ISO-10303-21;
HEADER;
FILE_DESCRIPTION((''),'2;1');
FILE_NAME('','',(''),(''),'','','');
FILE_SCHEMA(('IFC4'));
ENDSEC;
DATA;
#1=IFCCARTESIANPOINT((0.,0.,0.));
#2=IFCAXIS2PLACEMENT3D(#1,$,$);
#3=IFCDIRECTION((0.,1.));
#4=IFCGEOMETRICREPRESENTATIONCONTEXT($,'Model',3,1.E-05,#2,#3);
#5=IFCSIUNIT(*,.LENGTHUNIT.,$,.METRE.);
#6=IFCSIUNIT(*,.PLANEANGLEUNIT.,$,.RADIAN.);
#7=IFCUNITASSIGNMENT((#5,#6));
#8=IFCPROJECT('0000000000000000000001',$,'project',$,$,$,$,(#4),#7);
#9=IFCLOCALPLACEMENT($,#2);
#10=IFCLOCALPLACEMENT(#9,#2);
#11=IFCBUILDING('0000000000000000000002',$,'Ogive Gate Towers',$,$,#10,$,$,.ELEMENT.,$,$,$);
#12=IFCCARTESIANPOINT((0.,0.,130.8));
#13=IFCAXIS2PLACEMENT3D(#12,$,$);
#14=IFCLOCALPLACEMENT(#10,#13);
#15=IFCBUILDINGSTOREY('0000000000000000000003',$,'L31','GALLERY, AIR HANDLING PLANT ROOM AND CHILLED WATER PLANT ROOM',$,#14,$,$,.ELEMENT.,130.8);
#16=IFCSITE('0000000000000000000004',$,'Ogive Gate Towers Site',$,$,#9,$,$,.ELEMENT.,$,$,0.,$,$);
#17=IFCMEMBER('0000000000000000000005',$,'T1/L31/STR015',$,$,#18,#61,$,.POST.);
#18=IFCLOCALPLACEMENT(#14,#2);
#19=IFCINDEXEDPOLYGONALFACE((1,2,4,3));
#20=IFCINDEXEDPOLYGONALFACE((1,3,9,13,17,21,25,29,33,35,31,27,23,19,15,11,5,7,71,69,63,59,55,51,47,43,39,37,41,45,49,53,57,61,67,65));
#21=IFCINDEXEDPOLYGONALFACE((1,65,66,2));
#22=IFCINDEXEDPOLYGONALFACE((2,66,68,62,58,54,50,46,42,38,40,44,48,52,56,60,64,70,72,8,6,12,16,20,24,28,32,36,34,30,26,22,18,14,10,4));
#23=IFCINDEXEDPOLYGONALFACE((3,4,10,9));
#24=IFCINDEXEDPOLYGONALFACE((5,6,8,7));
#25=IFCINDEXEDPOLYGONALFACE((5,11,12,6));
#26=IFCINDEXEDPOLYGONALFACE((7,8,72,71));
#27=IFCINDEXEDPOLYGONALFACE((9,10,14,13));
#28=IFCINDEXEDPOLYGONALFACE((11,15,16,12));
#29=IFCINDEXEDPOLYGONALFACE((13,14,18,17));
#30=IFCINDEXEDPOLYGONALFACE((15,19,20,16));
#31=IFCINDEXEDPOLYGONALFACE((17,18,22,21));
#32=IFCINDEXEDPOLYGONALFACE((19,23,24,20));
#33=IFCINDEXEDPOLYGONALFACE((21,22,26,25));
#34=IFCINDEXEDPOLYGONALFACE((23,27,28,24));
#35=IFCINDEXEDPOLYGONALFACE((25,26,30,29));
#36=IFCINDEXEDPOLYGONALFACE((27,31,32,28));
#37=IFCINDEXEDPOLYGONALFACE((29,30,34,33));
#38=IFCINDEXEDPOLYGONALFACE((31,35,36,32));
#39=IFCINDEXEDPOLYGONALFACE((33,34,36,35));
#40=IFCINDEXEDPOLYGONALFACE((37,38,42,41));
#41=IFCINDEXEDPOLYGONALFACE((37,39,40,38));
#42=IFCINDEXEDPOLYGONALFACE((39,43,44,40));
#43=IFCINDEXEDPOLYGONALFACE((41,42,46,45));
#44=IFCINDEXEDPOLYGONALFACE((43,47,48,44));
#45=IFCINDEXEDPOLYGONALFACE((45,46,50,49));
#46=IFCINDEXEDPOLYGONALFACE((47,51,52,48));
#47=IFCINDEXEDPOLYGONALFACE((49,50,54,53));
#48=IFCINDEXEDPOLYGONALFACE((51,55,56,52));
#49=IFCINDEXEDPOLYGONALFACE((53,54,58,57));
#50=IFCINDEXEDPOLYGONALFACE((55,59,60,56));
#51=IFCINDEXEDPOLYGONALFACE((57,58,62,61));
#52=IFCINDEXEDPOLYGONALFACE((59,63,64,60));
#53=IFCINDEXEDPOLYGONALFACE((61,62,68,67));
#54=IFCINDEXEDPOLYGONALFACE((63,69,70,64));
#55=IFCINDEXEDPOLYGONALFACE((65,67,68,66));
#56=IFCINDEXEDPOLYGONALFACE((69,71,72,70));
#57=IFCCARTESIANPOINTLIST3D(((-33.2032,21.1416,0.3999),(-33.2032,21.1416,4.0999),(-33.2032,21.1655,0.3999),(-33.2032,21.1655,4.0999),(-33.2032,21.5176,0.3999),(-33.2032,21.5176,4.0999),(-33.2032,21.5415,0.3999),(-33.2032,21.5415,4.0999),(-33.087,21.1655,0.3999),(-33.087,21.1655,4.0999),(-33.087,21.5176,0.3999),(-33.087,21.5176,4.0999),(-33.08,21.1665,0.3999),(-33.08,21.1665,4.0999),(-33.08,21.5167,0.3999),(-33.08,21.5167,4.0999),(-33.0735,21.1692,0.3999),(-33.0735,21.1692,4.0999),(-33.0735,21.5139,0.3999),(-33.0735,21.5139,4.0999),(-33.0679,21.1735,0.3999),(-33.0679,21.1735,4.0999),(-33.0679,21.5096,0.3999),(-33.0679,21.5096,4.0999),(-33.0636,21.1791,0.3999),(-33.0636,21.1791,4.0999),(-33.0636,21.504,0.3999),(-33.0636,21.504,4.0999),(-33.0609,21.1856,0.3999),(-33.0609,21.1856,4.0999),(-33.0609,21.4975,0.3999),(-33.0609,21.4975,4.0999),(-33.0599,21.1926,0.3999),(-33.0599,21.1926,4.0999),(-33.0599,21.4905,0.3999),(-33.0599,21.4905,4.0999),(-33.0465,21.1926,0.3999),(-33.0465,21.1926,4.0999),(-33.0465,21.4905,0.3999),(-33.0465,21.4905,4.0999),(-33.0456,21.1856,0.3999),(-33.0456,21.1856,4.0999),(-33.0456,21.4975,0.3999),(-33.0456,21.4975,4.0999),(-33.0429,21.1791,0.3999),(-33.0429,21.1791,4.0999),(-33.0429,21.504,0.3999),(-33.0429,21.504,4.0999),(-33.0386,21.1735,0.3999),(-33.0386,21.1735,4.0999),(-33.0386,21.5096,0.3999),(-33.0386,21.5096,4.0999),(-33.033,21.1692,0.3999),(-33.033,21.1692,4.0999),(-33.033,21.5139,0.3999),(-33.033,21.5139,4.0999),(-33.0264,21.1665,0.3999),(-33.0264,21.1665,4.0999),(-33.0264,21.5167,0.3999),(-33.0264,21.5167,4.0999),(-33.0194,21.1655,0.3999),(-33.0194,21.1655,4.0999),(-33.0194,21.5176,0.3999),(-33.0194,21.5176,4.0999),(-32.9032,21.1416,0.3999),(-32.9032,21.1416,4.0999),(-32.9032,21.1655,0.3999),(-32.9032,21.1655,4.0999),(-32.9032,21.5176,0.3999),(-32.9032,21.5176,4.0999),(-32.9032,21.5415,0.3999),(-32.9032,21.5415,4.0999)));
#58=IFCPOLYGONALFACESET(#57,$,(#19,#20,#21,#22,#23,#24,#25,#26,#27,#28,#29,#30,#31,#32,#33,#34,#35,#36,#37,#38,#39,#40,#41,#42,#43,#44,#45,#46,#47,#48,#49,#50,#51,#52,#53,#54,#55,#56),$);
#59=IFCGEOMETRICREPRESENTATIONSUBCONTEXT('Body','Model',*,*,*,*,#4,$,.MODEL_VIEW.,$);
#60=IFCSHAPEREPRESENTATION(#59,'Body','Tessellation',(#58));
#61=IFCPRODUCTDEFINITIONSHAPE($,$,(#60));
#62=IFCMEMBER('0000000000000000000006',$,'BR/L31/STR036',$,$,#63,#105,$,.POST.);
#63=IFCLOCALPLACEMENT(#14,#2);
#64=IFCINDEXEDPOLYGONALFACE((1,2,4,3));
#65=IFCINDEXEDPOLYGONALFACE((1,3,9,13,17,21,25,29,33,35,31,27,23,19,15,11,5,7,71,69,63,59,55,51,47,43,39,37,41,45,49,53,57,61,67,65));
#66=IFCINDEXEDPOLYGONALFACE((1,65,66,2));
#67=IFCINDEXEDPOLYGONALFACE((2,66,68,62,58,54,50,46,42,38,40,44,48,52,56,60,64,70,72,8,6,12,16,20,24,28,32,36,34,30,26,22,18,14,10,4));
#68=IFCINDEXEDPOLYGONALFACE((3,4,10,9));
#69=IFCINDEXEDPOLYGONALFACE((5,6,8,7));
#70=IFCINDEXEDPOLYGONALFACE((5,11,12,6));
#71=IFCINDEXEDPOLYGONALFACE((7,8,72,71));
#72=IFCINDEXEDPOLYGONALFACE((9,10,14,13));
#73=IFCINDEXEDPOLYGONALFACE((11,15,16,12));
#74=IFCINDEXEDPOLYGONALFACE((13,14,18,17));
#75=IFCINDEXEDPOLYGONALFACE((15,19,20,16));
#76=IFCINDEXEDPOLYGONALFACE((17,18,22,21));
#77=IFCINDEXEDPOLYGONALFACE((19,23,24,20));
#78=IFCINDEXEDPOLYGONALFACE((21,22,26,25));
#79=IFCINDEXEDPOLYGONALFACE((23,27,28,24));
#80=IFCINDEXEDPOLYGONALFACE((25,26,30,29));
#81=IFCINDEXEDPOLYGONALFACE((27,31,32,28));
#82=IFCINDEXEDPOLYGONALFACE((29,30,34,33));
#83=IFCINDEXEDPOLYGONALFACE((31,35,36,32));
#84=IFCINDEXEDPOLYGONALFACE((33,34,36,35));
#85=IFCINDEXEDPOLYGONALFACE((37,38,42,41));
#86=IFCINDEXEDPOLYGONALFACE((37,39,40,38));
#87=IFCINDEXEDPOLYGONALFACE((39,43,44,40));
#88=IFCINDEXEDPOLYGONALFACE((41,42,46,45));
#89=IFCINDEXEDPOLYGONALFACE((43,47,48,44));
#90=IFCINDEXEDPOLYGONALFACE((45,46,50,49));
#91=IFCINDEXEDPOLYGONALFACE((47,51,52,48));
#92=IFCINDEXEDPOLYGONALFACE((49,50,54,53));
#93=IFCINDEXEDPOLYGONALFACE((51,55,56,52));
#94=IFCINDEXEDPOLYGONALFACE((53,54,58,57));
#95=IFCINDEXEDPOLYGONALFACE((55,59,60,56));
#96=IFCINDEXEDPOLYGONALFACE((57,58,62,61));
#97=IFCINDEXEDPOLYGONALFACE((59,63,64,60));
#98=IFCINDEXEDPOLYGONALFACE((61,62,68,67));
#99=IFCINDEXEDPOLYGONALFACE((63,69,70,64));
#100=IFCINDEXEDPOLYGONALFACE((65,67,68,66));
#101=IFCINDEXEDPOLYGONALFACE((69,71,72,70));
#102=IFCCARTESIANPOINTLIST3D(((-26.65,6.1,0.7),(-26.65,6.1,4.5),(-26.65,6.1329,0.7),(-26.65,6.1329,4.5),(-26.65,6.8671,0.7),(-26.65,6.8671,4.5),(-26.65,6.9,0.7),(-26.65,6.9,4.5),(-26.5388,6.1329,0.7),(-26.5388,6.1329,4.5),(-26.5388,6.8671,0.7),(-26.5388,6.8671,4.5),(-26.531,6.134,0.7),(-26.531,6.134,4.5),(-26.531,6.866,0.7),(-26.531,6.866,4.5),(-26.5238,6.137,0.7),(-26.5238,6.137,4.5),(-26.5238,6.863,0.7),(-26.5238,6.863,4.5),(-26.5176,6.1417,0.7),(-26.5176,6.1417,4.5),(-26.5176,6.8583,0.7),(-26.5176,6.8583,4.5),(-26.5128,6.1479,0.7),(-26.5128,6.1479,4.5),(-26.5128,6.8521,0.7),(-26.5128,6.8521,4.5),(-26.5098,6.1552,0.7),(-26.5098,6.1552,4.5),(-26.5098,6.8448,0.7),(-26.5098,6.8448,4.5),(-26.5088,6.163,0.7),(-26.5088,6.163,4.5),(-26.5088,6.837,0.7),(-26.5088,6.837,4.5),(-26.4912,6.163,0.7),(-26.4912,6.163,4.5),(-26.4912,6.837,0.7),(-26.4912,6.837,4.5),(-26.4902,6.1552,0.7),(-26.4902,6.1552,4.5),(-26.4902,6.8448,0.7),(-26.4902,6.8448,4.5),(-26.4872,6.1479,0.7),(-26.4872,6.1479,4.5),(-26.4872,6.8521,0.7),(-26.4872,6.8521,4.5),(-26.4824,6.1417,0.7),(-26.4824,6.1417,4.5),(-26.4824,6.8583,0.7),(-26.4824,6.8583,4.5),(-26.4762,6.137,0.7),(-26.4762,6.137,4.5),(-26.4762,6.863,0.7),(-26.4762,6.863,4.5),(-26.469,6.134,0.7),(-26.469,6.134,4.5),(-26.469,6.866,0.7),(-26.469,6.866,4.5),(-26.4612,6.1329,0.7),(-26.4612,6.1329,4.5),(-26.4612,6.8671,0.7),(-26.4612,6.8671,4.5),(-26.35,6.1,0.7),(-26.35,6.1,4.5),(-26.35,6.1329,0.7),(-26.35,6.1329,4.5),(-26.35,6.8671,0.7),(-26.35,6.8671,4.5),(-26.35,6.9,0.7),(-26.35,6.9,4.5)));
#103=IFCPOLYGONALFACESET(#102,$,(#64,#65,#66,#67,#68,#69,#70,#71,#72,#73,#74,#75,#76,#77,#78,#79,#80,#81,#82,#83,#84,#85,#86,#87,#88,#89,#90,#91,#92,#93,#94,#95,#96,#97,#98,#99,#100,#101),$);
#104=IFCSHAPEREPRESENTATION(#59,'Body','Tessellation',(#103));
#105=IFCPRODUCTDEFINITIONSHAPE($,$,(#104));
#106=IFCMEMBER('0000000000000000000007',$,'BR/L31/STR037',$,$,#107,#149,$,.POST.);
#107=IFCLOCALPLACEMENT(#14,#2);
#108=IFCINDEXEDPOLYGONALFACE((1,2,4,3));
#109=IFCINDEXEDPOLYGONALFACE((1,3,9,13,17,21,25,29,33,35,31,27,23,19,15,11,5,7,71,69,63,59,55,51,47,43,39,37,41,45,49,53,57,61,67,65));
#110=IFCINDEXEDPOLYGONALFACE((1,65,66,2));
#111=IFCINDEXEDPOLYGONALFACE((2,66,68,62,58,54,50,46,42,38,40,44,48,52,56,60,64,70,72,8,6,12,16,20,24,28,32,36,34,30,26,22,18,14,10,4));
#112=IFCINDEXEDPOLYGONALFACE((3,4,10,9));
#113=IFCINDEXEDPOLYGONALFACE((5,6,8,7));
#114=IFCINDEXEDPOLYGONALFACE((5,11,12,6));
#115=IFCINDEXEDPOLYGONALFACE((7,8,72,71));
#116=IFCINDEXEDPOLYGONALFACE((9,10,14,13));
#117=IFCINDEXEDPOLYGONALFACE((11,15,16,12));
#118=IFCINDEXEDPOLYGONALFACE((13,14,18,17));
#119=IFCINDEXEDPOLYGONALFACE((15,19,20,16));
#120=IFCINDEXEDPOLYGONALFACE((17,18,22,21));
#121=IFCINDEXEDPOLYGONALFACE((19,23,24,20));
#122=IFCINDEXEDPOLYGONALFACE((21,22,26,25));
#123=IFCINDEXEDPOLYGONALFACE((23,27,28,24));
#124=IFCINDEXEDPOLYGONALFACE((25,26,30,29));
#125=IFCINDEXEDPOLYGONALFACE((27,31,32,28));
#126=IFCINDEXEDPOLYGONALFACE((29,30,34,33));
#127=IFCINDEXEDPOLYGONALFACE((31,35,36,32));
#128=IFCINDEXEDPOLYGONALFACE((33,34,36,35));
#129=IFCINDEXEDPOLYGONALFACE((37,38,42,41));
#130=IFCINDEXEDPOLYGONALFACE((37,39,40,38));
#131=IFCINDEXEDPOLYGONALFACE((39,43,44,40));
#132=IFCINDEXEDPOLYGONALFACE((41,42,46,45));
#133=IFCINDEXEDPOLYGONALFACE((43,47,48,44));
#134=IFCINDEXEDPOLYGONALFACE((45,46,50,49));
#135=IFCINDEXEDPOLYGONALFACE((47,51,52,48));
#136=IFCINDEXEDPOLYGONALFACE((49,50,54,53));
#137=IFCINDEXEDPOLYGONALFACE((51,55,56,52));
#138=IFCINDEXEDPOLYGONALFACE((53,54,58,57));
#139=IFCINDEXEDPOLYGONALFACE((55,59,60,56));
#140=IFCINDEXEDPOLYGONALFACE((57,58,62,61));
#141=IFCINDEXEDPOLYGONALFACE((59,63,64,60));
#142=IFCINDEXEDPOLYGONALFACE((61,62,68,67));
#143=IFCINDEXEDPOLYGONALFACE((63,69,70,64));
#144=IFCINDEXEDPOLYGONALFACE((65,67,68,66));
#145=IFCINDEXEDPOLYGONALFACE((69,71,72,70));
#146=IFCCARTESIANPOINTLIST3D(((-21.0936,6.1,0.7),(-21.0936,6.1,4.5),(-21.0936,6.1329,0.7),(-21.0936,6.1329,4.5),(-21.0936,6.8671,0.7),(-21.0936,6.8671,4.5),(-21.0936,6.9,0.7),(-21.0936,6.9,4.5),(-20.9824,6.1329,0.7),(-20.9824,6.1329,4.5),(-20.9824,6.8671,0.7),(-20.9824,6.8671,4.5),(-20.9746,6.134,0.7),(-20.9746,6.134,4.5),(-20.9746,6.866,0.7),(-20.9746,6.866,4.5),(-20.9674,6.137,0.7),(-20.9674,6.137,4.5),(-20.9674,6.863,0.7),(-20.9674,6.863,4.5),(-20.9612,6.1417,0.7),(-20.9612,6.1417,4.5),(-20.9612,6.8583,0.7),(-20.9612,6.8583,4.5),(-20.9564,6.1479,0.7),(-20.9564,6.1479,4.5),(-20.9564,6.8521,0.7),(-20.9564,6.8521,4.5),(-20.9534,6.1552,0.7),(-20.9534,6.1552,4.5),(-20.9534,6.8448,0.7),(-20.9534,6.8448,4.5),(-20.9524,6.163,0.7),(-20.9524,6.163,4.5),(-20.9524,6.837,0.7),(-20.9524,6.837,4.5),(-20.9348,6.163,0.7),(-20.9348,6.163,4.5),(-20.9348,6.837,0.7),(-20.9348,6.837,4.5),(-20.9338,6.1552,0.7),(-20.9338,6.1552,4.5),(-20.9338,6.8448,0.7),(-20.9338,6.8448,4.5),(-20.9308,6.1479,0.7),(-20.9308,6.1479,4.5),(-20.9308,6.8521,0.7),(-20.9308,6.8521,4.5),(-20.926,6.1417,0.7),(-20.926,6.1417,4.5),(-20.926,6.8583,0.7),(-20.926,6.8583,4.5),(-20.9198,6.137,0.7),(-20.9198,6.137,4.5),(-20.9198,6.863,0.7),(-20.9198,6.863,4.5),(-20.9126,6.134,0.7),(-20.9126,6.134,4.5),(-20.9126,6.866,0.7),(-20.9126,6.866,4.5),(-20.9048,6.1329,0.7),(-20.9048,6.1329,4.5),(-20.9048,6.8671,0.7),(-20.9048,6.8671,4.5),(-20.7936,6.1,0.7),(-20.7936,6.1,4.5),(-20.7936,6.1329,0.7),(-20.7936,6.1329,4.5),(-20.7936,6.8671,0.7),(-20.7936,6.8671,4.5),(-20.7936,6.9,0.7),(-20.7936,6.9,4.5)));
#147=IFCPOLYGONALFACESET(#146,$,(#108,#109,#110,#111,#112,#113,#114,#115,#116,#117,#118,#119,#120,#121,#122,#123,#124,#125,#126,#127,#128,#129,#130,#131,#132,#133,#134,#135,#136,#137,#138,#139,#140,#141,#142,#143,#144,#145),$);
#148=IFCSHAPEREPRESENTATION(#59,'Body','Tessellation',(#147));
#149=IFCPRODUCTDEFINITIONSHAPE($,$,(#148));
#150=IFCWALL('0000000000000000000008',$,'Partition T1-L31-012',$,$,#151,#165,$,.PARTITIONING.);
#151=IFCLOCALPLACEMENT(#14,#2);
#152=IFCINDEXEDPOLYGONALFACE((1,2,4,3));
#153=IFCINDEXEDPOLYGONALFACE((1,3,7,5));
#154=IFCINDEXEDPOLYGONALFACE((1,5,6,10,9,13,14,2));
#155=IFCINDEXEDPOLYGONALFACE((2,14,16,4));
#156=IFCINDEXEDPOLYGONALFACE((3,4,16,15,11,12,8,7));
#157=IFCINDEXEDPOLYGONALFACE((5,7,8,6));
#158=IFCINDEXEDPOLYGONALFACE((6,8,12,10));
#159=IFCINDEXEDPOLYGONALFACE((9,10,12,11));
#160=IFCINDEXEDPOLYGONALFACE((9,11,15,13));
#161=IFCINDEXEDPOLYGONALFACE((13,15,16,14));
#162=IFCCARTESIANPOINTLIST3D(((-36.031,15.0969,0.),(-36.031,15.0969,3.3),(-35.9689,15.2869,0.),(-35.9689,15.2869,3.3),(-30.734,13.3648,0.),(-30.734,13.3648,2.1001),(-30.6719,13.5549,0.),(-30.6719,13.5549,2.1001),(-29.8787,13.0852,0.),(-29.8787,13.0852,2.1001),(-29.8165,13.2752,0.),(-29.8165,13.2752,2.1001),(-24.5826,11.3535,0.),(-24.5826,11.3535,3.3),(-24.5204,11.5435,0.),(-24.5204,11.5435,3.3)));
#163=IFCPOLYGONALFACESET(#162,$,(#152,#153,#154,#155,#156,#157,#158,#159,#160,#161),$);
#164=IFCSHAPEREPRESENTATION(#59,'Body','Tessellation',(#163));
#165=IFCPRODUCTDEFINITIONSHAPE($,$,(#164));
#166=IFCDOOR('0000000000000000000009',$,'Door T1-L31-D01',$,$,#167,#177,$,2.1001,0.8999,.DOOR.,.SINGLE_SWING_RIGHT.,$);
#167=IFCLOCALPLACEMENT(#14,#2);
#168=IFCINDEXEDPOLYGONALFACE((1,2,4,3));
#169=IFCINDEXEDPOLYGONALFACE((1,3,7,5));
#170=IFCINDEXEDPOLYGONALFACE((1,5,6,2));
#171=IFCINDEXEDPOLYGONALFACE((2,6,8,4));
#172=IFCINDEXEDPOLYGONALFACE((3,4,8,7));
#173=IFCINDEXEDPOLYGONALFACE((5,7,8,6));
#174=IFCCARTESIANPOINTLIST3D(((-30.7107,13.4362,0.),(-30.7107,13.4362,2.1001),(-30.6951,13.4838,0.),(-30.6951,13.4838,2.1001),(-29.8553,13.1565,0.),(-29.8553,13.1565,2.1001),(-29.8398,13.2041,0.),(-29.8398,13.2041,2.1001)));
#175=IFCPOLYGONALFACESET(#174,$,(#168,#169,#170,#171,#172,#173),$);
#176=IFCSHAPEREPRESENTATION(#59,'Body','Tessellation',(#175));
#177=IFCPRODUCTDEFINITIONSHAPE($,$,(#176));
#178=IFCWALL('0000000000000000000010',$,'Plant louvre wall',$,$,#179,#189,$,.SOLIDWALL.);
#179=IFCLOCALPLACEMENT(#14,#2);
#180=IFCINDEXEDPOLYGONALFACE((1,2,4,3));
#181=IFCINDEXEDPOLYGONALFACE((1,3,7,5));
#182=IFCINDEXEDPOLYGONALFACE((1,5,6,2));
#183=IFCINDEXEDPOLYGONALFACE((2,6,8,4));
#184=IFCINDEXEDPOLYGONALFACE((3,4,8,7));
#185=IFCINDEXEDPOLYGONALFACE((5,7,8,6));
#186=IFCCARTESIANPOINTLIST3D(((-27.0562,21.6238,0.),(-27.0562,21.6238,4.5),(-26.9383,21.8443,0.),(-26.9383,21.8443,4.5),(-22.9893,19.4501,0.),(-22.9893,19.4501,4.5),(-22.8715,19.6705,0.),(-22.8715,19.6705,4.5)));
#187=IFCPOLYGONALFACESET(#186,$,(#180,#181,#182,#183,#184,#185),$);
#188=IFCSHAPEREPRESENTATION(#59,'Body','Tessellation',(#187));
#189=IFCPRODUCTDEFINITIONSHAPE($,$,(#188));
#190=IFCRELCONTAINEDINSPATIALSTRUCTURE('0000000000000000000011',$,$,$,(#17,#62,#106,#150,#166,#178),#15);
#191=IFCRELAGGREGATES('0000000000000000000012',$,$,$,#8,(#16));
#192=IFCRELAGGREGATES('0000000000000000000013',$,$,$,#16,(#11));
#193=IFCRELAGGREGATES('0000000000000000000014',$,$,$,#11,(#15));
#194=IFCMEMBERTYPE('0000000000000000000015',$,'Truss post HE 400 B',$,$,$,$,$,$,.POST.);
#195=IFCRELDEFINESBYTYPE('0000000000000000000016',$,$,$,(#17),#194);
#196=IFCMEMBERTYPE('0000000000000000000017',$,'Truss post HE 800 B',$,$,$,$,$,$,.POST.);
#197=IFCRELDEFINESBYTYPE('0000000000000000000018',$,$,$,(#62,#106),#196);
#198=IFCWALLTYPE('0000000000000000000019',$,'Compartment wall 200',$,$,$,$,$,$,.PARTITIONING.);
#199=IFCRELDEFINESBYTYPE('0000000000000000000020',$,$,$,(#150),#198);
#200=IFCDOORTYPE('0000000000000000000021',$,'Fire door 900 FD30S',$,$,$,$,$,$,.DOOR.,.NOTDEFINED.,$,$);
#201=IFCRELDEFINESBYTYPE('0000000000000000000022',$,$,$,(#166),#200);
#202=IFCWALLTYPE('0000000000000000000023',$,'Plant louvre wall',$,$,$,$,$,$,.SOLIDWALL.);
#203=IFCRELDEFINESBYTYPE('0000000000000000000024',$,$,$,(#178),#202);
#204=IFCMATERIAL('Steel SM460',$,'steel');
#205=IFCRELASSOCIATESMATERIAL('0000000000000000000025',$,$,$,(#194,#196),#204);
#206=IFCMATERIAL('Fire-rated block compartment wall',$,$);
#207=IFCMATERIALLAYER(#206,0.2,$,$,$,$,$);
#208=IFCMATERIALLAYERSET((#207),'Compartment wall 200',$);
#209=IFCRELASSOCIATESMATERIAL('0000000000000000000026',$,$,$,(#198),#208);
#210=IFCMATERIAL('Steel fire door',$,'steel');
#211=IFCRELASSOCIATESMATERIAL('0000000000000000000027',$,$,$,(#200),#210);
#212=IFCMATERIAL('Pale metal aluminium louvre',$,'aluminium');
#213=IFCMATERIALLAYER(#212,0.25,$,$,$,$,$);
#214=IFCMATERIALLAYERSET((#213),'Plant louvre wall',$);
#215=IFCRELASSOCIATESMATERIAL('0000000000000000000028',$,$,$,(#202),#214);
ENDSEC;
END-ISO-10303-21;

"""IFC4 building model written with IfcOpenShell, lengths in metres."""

from ifc_helpers import new_model, si_unit, direction, frame, frame_2d, origin, origin_2d, place, context, subcontext, project, spatial, rectangle, i_section, extrude, material, layer, layer_set, material_profile, profile_set, type_object, element, fill, save


model = new_model("IFC4")

# Units and contexts
model_context = context("Model", 3, precision=1e-05, world=origin(), true_north=direction((0.0, 1.0)))
body_context = subcontext(model_context, "Body", "Model", "MODEL_VIEW")
ifc_project = project(units=[si_unit("LENGTHUNIT", "METRE"), si_unit("PLANEANGLEUNIT", "RADIAN")], contexts=[model_context])

# Site, building, storey
site_placement = place(None, origin())
site = spatial("IfcSite", under=ifc_project, at=site_placement, Name="Ogive Gate Towers Site", CompositionType="ELEMENT", RefElevation=0.0)
building_placement = place(site_placement, origin())
building = spatial("IfcBuilding", under=site, at=building_placement, Name="Ogive Gate Towers", CompositionType="ELEMENT")
storey_placement = place(building_placement, frame((0.0, 0.0, 130.8)))
storey = spatial("IfcBuildingStorey", under=building, at=storey_placement, Name="L31", Description="GALLERY, AIR HANDLING PLANT ROOM AND CHILLED WATER PLANT ROOM", CompositionType="ELEMENT", Elevation=130.8)

# Shared definitions
ifc_material_1 = material(Name="Steel SM460", Category="steel")

# Members
ifc_material_profile_1 = material_profile(ifc_material_1, i_section(OverallWidth=0.3, OverallDepth=0.3999, WebThickness=0.0134, FlangeThickness=0.0239, FilletRadius=0.0271, at=origin_2d()), Name="HE 400 B")
ifc_profile_set_1 = profile_set([ifc_material_profile_1], Name="Steel SM460")
member_type_1 = type_object("IfcMemberType", Name="Truss post HE 400 B", PredefinedType="POST", material=ifc_profile_set_1)
for number, where, z_axis, x_axis, name in (
    (1, (-33.0532, 21.3416, 0.3999), (0.0, 0.0, 1.0), (1.0, 0.0, 0.0), "T1/L31/STR015"),
):
    element("IfcMember", number, at=place(storey_placement, frame(where, z_axis=z_axis, x_axis=x_axis)), inside=storey, type_object=member_type_1, Name=name, PredefinedType="POST", context=body_context, shape_type="SweptSolid", body=[
        extrude(i_section(OverallWidth=0.3, OverallDepth=0.3999, WebThickness=0.0134, FlangeThickness=0.0239, FilletRadius=0.0271, at=origin_2d()), origin(), (0.0, 0.0, 1.0), 3.7),
    ])
ifc_material_profile_2 = material_profile(ifc_material_1, i_section(OverallWidth=0.3, OverallDepth=0.8, WebThickness=0.0176, FlangeThickness=0.033, FilletRadius=0.03, at=origin_2d()), Name="HE 800 B")
ifc_profile_set_2 = profile_set([ifc_material_profile_2], Name="Steel SM460")
member_type_2 = type_object("IfcMemberType", Name="Truss post HE 800 B", PredefinedType="POST", material=ifc_profile_set_2)
for number, where, z_axis, x_axis, name in (
    (2, (-26.5, 6.5, 0.7), (0.0, 0.0, 1.0), (1.0, 0.0, 0.0), "BR/L31/STR036"),
    (3, (-20.9436, 6.5, 0.7), (0.0, 0.0, 1.0), (1.0, 0.0, 0.0), "BR/L31/STR037"),
):
    element("IfcMember", number, at=place(storey_placement, frame(where, z_axis=z_axis, x_axis=x_axis)), inside=storey, type_object=member_type_2, Name=name, PredefinedType="POST", context=body_context, shape_type="SweptSolid", body=[
        extrude(i_section(OverallWidth=0.3, OverallDepth=0.8, WebThickness=0.0176, FlangeThickness=0.033, FilletRadius=0.03, at=origin_2d()), origin(), (0.0, 0.0, 1.0), 3.8),
    ])

# Wall, opening, door
ifc_material_2 = material(Name="Fire-rated block compartment wall")
ifc_layer_1 = layer(ifc_material_2, 0.2)
ifc_layer_set_1 = layer_set([ifc_layer_1], Name="Compartment wall 200")
wall_type_1 = type_object("IfcWallType", Name="Compartment wall 200", PredefinedType="PARTITIONING", material=ifc_layer_set_1)
wall_1_placement = place(storey_placement, frame((-24.5515, 11.4485, 0.0), z_axis=(0.0, 0.0, 1.0), x_axis=(-0.95048, 0.310786, 0.0)))
wall_1 = element("IfcWall", 4, at=wall_1_placement, inside=storey, type_object=wall_type_1, Name="Partition T1-L31-012", PredefinedType="PARTITIONING", context=body_context, shape_type="SweptSolid", body=[
    extrude(rectangle(XDim=12.0449, YDim=0.2, at=frame_2d((6.0225, 0.0))), origin(), (0.0, 0.0, 1.0), 3.3),
])
opening_placement = place(wall_1_placement, frame((5.572, 0.0, 0.0)))
opening = element("IfcOpeningElement", 5, at=opening_placement, cuts=wall_1, PredefinedType="OPENING", context=body_context, shape_type="SweptSolid", body=[
    extrude(rectangle(XDim=0.8999, YDim=2.1001, at=frame_2d((0.45, 1.05))), frame((0.0, 0.1099, 0.0), z_axis=(0.0, -1.0, 0.0), x_axis=(1.0, 0.0, 0.0)), (0.0, 0.0, 1.0), 0.22),
])
ifc_material_3 = material(Name="Steel fire door", Category="steel")
door_type = type_object("IfcDoorType", Name="Fire door 900 FD30S", OperationType="NOTDEFINED", PredefinedType="DOOR", material=ifc_material_3)
door_placement = place(opening_placement, origin())
door = element("IfcDoor", 6, at=door_placement, inside=storey, type_object=door_type, Name="Door T1-L31-D01", OperationType="SINGLE_SWING_RIGHT", OverallHeight=2.1001, OverallWidth=0.8999, PredefinedType="DOOR", context=body_context, shape_type="SweptSolid", body=[
    extrude(rectangle(XDim=0.8999, YDim=2.1001, at=frame_2d((0.45, 1.05))), frame((0.0, 0.0249, 0.0), z_axis=(0.0, -1.0, 0.0), x_axis=(1.0, 0.0, 0.0)), (0.0, 0.0, 1.0), 0.05),
])
fill(opening, door)

# Wall
ifc_material_4 = material(Name="Pale metal aluminium louvre", Category="aluminium")
ifc_layer_2 = layer(ifc_material_4, 0.25)
ifc_layer_set_2 = layer_set([ifc_layer_2], Name="Plant louvre wall")
wall_type_2 = type_object("IfcWallType", Name="Plant louvre wall", PredefinedType="SOLIDWALL", material=ifc_layer_set_2)
wall_2_placement = place(storey_placement, frame((-22.9304, 19.5603, 0.0), z_axis=(0.0, 0.0, 1.0), x_axis=(-0.881919, 0.471401, 0.0)))
element("IfcWall", 7, at=wall_2_placement, inside=storey, type_object=wall_type_2, Name="Plant louvre wall", PredefinedType="SOLIDWALL", context=body_context, shape_type="SweptSolid", body=[
    extrude(rectangle(XDim=4.6113, YDim=0.25, at=frame_2d((2.3057, 0.0))), origin(), (0.0, 0.0, 1.0), 4.5),
])

save(model, "model.ifc")
